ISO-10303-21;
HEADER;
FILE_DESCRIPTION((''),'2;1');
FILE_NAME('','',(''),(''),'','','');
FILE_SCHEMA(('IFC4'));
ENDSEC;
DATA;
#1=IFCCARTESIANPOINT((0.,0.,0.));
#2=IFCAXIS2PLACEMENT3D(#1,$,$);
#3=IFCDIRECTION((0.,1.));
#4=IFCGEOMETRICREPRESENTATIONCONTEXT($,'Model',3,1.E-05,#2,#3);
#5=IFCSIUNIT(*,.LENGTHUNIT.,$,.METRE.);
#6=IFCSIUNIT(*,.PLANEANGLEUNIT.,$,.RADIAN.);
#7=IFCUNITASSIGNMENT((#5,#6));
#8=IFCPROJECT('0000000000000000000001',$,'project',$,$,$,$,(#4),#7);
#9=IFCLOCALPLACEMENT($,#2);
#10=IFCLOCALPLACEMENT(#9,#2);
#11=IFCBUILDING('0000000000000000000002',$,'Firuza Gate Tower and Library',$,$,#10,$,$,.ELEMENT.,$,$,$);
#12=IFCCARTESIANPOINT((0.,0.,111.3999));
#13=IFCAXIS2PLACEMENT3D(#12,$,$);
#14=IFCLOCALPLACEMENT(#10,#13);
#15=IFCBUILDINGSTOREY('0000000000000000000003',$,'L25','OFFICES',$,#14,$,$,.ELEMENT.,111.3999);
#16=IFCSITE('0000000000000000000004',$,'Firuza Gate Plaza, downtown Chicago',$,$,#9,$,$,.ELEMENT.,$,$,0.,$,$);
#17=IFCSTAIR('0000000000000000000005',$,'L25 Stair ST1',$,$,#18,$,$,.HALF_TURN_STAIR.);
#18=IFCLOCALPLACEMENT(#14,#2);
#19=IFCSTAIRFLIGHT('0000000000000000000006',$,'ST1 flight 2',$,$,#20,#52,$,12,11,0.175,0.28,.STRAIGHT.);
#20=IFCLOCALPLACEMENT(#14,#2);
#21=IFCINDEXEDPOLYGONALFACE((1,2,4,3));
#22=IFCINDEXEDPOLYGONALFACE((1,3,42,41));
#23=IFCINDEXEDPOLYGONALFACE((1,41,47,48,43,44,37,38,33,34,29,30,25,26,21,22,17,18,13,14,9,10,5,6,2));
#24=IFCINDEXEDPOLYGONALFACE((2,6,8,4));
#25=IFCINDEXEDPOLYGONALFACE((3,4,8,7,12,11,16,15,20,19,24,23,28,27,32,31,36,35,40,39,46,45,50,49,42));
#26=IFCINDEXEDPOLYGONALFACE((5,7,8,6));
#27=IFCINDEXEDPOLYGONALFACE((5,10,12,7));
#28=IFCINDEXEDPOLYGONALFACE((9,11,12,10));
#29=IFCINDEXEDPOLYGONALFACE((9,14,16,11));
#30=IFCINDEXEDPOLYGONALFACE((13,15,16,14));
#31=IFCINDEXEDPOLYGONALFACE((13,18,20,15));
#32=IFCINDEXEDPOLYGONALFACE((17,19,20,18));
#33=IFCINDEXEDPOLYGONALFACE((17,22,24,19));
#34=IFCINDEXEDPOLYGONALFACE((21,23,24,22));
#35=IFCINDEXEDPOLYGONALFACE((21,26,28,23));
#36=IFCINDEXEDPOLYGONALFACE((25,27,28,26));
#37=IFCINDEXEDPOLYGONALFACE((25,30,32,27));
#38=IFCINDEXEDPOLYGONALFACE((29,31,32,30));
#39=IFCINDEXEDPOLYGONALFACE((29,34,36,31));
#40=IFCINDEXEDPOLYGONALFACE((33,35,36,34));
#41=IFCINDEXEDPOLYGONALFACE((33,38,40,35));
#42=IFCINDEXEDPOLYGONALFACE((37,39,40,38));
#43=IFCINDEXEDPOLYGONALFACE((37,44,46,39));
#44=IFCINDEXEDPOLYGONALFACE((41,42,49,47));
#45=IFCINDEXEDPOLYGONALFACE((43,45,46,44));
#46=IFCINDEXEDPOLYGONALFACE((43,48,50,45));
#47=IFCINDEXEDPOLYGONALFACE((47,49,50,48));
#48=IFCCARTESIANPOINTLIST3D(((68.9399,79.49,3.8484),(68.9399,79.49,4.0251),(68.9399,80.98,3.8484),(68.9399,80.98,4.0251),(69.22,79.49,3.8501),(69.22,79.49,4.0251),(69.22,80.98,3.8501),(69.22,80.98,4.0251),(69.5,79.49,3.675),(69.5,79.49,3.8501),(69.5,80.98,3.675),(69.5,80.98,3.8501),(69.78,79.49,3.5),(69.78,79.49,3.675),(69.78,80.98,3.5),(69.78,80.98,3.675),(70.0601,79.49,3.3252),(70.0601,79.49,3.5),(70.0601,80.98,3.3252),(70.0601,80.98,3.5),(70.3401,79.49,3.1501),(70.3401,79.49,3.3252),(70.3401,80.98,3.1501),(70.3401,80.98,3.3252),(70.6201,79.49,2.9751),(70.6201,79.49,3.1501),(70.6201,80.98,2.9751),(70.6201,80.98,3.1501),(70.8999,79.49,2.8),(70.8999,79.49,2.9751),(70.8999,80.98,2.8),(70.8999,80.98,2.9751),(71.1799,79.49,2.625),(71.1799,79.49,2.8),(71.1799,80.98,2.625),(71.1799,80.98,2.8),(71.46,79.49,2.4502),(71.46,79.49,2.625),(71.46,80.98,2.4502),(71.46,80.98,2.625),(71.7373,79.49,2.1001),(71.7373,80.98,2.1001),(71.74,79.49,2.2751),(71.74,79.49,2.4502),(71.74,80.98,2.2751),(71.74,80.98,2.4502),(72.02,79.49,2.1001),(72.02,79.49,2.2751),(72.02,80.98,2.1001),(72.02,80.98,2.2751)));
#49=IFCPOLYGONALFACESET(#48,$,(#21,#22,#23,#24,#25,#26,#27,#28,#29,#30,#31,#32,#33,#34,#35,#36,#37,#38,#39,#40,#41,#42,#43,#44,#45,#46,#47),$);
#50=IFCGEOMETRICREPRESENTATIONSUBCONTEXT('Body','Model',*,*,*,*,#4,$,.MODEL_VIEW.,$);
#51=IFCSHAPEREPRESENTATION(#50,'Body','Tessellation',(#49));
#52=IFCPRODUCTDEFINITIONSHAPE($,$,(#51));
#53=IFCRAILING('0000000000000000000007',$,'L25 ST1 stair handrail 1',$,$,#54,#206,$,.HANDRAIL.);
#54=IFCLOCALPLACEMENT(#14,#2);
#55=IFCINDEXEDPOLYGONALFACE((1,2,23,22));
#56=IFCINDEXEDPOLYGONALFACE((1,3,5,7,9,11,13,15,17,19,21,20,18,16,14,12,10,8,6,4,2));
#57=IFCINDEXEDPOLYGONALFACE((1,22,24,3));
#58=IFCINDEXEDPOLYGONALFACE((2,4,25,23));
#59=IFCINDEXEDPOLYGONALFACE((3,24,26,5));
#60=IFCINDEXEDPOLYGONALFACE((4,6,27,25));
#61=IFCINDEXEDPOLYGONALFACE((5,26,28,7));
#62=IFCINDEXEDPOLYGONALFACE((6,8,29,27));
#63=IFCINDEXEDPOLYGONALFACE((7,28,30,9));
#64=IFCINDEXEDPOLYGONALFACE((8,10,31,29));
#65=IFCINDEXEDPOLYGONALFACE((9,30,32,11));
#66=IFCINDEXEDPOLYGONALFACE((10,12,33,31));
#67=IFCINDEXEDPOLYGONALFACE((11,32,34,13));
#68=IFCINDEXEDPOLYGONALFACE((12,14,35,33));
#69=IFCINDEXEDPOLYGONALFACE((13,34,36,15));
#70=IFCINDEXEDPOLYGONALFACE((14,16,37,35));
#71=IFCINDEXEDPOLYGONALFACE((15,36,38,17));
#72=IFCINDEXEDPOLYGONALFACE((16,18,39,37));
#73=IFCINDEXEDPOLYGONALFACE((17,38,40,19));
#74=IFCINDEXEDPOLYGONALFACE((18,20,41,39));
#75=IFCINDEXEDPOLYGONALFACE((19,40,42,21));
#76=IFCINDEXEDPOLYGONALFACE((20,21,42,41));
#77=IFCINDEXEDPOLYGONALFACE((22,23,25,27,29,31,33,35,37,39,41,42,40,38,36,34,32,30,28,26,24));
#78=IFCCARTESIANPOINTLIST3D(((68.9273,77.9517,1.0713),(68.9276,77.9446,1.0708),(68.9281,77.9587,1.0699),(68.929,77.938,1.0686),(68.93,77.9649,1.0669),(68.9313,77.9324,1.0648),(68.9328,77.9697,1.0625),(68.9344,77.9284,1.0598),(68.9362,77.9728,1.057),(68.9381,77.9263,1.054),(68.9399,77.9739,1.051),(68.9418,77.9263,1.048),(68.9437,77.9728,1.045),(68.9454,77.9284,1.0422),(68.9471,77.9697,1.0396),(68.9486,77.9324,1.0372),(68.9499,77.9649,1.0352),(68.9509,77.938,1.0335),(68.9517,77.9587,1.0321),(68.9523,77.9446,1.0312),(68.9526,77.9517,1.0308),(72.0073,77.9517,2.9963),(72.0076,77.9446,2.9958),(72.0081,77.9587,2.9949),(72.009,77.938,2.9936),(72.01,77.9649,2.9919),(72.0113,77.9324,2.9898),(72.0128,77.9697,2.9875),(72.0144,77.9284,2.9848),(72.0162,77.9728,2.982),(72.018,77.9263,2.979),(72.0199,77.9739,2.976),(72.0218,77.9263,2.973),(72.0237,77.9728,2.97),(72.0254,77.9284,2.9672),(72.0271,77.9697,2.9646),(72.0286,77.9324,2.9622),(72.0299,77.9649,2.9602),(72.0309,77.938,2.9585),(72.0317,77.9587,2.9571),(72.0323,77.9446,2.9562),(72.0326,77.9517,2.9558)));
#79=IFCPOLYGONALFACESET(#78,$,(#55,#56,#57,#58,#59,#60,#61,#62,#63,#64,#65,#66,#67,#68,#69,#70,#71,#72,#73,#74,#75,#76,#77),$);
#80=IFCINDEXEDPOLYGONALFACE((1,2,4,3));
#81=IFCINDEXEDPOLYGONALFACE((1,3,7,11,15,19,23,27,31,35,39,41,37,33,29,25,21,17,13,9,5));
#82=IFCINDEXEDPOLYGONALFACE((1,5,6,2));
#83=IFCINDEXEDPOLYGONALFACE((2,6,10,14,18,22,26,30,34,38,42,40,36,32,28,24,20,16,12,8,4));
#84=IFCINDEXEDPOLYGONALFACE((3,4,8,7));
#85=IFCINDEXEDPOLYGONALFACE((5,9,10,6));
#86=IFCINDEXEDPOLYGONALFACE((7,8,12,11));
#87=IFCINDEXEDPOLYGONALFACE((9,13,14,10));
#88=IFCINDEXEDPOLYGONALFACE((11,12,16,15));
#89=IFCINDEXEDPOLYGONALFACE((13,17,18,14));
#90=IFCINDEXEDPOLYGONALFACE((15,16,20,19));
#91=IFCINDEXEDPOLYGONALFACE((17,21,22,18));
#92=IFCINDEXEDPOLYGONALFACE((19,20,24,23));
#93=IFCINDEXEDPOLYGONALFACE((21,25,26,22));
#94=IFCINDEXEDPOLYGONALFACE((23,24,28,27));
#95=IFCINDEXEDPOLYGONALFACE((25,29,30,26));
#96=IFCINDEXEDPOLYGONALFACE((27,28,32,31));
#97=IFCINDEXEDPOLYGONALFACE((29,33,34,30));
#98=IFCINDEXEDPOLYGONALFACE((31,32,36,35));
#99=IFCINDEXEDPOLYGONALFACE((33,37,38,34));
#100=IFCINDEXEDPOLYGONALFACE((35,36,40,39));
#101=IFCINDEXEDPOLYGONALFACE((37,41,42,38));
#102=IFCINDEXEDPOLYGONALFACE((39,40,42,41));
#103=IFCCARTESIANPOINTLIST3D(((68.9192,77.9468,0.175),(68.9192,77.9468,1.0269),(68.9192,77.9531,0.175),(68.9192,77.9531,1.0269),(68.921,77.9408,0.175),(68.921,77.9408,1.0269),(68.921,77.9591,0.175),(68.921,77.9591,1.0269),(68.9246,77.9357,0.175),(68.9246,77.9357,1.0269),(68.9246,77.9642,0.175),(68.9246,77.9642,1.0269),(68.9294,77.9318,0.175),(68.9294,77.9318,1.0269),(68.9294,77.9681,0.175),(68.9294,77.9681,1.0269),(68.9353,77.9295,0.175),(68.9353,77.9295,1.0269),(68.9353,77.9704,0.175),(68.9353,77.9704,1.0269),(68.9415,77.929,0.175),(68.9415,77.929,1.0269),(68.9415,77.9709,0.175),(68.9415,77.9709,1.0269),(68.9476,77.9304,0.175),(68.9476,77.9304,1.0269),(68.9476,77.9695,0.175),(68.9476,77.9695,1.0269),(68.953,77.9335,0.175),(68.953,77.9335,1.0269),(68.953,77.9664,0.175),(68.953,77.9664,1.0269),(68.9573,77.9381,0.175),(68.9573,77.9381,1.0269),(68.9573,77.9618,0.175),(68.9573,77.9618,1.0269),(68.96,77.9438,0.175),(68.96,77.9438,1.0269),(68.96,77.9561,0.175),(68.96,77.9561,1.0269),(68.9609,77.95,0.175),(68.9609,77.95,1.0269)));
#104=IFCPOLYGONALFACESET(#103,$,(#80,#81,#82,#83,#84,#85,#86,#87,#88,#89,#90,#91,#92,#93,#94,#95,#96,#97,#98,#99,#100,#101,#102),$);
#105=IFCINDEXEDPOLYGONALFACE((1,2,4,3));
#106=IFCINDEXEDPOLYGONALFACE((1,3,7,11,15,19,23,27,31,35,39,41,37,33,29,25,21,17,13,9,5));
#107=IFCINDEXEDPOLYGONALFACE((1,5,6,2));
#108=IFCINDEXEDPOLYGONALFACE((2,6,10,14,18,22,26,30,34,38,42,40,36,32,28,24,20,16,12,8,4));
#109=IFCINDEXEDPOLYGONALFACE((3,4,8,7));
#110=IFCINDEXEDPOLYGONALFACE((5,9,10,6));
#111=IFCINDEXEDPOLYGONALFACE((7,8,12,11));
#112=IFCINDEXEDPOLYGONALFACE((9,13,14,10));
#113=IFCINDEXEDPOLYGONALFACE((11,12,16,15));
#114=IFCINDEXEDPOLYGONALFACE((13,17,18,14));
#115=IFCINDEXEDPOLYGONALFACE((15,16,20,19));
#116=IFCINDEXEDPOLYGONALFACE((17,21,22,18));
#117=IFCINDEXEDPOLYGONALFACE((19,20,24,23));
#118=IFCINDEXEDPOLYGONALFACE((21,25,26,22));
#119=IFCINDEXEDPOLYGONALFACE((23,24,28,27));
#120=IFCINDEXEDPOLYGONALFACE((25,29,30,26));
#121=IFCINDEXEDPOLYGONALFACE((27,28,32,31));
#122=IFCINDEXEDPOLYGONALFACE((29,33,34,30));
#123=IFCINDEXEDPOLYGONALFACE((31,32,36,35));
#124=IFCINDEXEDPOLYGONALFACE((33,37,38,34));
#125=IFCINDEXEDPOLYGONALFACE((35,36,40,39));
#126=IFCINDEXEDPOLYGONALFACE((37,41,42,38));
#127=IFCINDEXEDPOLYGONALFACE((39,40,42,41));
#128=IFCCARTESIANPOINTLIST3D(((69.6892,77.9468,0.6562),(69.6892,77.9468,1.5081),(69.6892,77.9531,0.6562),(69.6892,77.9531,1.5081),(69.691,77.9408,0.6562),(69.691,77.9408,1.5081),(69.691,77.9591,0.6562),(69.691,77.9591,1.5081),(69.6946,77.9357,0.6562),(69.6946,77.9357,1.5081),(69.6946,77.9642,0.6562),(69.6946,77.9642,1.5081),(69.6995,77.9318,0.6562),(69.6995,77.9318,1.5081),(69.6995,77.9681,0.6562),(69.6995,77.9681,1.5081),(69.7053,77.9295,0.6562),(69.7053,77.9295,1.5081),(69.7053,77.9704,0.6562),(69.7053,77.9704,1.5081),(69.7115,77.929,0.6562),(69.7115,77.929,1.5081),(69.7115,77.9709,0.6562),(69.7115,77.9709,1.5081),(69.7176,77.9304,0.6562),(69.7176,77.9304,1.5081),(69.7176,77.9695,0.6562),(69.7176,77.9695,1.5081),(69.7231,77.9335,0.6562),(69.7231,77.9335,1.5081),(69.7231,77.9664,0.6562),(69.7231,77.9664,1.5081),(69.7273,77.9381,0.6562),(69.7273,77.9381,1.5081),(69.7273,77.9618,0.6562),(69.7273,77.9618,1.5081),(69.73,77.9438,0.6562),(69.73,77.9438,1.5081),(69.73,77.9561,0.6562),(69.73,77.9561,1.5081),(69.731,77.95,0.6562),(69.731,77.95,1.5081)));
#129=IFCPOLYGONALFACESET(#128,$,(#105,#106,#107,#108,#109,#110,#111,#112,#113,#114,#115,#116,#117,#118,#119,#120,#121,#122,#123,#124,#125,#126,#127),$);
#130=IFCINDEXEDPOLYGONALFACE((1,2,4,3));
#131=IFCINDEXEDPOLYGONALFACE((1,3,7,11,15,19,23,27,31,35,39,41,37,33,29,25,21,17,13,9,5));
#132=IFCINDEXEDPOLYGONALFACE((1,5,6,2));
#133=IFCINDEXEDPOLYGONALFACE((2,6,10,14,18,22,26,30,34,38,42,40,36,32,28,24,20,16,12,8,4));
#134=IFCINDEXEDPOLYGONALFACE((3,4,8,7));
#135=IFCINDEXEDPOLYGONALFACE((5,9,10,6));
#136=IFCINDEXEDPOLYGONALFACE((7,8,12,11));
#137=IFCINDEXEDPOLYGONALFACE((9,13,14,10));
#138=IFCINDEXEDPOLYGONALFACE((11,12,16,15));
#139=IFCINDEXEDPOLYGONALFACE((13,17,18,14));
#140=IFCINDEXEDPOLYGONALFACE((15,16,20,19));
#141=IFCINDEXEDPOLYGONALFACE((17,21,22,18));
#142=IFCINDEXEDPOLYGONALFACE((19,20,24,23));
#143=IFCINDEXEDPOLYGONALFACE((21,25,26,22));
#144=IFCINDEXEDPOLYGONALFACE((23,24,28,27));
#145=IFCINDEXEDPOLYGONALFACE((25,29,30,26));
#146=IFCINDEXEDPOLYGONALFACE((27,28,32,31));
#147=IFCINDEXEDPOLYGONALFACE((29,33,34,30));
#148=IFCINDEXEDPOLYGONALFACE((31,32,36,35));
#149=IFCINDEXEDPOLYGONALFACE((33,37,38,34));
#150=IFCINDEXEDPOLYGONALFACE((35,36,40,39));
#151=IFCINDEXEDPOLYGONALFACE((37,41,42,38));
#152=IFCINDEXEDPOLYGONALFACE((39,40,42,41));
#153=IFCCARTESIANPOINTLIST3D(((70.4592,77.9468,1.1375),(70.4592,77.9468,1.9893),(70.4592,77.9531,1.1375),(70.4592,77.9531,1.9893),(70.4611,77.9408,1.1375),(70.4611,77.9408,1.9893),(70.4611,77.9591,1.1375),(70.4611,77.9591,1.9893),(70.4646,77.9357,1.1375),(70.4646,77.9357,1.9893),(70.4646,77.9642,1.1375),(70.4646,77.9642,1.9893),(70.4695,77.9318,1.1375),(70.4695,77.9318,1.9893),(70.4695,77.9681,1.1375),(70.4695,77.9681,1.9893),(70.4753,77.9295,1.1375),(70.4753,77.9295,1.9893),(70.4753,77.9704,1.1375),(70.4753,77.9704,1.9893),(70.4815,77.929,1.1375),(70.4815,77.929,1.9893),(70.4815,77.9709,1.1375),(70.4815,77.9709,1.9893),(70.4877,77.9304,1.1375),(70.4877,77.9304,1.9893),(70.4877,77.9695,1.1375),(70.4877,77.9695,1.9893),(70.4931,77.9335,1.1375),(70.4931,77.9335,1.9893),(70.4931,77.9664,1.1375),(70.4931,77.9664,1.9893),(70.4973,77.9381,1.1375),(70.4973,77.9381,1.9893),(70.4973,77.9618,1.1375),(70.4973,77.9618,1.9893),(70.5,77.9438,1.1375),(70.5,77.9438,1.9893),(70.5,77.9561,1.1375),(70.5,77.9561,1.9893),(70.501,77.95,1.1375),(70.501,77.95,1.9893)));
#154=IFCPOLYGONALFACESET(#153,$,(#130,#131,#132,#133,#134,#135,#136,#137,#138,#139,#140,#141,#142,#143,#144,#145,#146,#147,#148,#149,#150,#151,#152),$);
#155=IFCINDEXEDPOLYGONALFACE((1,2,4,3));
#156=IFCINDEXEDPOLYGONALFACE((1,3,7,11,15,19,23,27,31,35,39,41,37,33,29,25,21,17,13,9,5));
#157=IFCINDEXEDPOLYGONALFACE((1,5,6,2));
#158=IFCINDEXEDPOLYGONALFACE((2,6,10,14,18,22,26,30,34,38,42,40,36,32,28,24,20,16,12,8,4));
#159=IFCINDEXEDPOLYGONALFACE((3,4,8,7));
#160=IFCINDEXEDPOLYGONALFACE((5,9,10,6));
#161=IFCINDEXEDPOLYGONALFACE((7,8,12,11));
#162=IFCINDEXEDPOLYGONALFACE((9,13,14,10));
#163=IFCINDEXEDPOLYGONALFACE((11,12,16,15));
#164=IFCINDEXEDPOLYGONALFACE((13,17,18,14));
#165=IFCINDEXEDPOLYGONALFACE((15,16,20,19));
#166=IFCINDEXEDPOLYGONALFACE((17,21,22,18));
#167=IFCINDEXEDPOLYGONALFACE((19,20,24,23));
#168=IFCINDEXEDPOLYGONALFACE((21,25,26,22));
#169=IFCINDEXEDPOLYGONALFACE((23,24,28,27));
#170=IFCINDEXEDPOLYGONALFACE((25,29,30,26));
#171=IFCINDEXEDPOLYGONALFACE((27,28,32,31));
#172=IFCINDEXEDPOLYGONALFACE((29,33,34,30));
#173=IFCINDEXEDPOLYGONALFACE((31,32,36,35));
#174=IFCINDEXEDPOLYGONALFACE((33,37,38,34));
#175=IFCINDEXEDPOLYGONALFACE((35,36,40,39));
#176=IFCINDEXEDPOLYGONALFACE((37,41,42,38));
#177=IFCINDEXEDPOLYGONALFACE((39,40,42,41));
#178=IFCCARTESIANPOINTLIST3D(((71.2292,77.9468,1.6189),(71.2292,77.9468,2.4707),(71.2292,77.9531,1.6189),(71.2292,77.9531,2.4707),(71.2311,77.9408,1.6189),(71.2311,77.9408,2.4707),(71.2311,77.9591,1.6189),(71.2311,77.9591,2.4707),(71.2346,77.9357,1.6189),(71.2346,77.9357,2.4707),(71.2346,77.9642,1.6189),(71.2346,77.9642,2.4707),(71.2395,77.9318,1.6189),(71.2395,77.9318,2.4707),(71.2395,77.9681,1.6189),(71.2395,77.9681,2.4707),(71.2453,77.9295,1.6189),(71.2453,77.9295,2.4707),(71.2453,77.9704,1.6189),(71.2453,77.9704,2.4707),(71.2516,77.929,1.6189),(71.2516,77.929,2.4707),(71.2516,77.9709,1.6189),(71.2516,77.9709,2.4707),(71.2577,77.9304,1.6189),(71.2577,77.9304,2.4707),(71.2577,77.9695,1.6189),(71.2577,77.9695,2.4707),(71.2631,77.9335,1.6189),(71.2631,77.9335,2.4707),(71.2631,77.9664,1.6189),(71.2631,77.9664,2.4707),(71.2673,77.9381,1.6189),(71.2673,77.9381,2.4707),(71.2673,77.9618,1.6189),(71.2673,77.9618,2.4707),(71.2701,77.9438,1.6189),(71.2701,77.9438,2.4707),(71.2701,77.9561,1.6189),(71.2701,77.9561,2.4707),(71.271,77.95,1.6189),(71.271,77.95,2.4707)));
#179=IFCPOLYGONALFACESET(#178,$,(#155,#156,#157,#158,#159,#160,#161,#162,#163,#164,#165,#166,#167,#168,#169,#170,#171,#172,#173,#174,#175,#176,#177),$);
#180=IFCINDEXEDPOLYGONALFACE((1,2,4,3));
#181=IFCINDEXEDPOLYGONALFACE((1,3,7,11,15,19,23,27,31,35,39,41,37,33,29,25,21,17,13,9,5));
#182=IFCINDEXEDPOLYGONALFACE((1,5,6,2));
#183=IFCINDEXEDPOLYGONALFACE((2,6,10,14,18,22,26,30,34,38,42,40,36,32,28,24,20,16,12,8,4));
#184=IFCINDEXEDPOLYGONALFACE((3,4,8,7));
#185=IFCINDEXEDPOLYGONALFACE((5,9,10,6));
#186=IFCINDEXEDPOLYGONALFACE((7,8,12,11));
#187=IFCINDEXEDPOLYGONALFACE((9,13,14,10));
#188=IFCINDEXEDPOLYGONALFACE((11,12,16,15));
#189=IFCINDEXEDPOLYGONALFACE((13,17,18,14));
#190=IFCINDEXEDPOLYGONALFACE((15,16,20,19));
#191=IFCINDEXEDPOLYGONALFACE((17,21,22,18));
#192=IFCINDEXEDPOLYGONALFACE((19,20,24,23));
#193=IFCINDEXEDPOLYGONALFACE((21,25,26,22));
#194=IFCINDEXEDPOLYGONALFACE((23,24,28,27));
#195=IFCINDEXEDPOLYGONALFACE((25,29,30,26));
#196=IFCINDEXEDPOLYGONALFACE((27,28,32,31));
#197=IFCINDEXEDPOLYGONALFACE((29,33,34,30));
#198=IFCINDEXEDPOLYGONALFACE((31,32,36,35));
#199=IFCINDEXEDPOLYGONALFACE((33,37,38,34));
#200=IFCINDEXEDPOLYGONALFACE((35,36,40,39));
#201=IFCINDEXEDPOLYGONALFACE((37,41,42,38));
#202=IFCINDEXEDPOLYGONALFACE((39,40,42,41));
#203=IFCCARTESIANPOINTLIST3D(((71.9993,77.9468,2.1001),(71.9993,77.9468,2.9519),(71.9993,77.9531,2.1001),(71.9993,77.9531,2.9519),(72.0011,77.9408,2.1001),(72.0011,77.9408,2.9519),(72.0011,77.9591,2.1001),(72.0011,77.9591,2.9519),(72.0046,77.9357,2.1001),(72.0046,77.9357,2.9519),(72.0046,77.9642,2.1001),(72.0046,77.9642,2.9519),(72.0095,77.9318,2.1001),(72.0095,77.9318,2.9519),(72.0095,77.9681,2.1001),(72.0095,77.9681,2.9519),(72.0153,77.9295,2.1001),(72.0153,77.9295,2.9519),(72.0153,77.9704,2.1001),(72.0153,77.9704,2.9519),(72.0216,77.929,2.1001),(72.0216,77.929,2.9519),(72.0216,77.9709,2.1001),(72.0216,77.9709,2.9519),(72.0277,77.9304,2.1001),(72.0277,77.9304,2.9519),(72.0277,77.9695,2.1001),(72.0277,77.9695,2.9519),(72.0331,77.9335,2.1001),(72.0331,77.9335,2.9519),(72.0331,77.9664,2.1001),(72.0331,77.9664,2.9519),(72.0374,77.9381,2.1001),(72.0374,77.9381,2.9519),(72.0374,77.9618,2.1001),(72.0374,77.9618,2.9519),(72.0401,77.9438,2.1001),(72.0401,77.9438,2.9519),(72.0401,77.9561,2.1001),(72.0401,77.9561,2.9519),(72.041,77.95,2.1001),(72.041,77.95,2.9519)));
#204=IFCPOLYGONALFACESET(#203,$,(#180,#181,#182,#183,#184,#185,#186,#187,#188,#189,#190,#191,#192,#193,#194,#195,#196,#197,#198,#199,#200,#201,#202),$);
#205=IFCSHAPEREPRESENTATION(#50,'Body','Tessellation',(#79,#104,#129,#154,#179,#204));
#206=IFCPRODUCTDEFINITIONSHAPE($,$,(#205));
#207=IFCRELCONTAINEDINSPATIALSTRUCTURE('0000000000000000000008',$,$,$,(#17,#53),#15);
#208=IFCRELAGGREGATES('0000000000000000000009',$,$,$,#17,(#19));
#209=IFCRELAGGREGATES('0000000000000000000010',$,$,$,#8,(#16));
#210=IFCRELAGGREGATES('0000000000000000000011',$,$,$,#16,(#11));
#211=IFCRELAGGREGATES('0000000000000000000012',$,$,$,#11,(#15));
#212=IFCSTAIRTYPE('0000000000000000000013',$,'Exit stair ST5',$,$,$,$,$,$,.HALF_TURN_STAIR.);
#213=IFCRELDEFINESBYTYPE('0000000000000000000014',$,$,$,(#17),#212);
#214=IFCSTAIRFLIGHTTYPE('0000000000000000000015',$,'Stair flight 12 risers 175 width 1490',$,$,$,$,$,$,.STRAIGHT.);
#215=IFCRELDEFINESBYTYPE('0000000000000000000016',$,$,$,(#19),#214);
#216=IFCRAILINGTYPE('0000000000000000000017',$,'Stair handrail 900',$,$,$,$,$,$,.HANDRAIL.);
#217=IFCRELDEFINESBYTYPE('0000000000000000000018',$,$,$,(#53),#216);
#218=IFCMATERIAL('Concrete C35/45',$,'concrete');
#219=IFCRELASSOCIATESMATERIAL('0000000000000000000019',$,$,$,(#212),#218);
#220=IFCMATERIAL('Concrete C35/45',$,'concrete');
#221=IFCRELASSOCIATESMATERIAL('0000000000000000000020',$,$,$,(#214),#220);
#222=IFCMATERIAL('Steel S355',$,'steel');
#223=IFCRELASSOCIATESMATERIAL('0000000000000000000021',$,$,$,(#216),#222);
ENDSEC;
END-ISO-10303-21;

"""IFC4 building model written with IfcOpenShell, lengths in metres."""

from ifc_helpers import new_model, si_unit, direction, frame, origin, origin_2d, place, context, subcontext, project, spatial, polyline, circle, outline, extrude, material, type_object, element, aggregate, save


model = new_model("IFC4")

# Units and contexts
model_context = context("Model", 3, precision=1e-05, world=origin(), true_north=direction((0.0, 1.0)))
body_context = subcontext(model_context, "Body", "Model", "MODEL_VIEW")
ifc_project = project(units=[si_unit("LENGTHUNIT", "METRE"), si_unit("PLANEANGLEUNIT", "RADIAN")], contexts=[model_context])

# Site, building, storey
site_placement = place(None, origin())
site = spatial("IfcSite", under=ifc_project, at=site_placement, Name="Firuza Gate Plaza, downtown Chicago", CompositionType="ELEMENT", RefElevation=0.0)
building_placement = place(site_placement, origin())
building = spatial("IfcBuilding", under=site, at=building_placement, Name="Firuza Gate Tower and Library", CompositionType="ELEMENT")
storey_placement = place(building_placement, frame((0.0, 0.0, 111.3999)))
storey = spatial("IfcBuildingStorey", under=building, at=storey_placement, Name="L25", Description="OFFICES", CompositionType="ELEMENT", Elevation=111.3999)

# Stair, stair flight
ifc_material_1 = material(Name="Concrete C35/45", Category="concrete")
stair_type = type_object("IfcStairType", Name="Exit stair ST5", PredefinedType="HALF_TURN_STAIR", material=ifc_material_1)
stair_placement = place(storey_placement, origin())
stair = element("IfcStair", 1, at=stair_placement, inside=storey, type_object=stair_type, Name="L25 Stair ST1", PredefinedType="HALF_TURN_STAIR")
ifc_material_2 = material(Name="Concrete C35/45", Category="concrete")
stair_flight_type = type_object("IfcStairFlightType", Name="Stair flight 12 risers 175 width 1490", PredefinedType="STRAIGHT", material=ifc_material_2)
stair_flight_1_placement = place(storey_placement, frame((72.02, 80.2351, 2.1001), z_axis=(0.0, 0.0, 1.0), x_axis=(-1.0, 0.0, 0.0)))
stair_flight_1 = element("IfcStairFlight", 2, at=stair_flight_1_placement, type_object=stair_flight_type, Name="ST1 flight 2", NumberOfRisers=12, NumberOfTreads=11, PredefinedType="STRAIGHT", RiserHeight=0.175, TreadLength=0.28, context=body_context, shape_type="SweptSolid", body=[
    extrude(outline(polyline([(0.0, 0.0), (0.0, 0.175), (0.28, 0.175), (0.28, 0.3501), (0.5601, 0.3501), (0.5601, 0.5249), (0.8401, 0.5249), (0.8401, 0.7), (1.1201, 0.7), (1.1201, 0.875), (1.3999, 0.875), (1.3999, 1.05), (1.6799, 1.05), (1.6799, 1.2251), (1.96, 1.2251), (1.96, 1.3999), (2.24, 1.3999), (2.24, 1.575), (2.52, 1.575), (2.52, 1.75), (2.8, 1.75), (2.8, 1.925), (3.0801, 1.925), (3.0801, 2.1001), (3.0801, 1.7483), (0.2827, 0.0), (0.0, 0.0)])), frame((0.0, 0.7451, 0.0), z_axis=(0.0, -1.0, 0.0), x_axis=(1.0, 0.0, 0.0)), (0.0, 0.0, 1.0), 1.49),
])
aggregate(stair, [stair_flight_1])

# Railing
ifc_material_3 = material(Name="Steel S355", Category="steel")
railing_type_1 = type_object("IfcRailingType", Name="Stair handrail 900", PredefinedType="HANDRAIL", material=ifc_material_3)
railing_1_placement = place(storey_placement, frame((68.9399, 77.95, 0.175)))
element("IfcRailing", 3, at=railing_1_placement, inside=storey, type_object=railing_type_1, Name="L25 ST1 stair handrail 1", PredefinedType="HANDRAIL", context=body_context, shape_type="SweptSolid", body=[
    extrude(circle(Radius=0.0239, at=origin_2d()), frame((0.0, 0.0, 0.876), z_axis=(0.847998, 0.0, 0.529999), x_axis=(0.0, 1.0, 0.0)), (0.0, 0.0, 1.0), 3.6321),
    extrude(circle(Radius=0.021, at=origin_2d()), origin(), (0.0, 0.0, 1.0), 0.8518),
    extrude(circle(Radius=0.021, at=origin_2d()), frame((0.77, 0.0, 0.4812)), (0.0, 0.0, 1.0), 0.8518),
    extrude(circle(Radius=0.021, at=origin_2d()), frame((1.54, 0.0, 0.9624)), (0.0, 0.0, 1.0), 0.8518),
    extrude(circle(Radius=0.021, at=origin_2d()), frame((2.3101, 0.0, 1.4438)), (0.0, 0.0, 1.0), 0.8518),
    extrude(circle(Radius=0.021, at=origin_2d()), frame((3.0801, 0.0, 1.925)), (0.0, 0.0, 1.0), 0.8518),
])

save(model, "model.ifc")
